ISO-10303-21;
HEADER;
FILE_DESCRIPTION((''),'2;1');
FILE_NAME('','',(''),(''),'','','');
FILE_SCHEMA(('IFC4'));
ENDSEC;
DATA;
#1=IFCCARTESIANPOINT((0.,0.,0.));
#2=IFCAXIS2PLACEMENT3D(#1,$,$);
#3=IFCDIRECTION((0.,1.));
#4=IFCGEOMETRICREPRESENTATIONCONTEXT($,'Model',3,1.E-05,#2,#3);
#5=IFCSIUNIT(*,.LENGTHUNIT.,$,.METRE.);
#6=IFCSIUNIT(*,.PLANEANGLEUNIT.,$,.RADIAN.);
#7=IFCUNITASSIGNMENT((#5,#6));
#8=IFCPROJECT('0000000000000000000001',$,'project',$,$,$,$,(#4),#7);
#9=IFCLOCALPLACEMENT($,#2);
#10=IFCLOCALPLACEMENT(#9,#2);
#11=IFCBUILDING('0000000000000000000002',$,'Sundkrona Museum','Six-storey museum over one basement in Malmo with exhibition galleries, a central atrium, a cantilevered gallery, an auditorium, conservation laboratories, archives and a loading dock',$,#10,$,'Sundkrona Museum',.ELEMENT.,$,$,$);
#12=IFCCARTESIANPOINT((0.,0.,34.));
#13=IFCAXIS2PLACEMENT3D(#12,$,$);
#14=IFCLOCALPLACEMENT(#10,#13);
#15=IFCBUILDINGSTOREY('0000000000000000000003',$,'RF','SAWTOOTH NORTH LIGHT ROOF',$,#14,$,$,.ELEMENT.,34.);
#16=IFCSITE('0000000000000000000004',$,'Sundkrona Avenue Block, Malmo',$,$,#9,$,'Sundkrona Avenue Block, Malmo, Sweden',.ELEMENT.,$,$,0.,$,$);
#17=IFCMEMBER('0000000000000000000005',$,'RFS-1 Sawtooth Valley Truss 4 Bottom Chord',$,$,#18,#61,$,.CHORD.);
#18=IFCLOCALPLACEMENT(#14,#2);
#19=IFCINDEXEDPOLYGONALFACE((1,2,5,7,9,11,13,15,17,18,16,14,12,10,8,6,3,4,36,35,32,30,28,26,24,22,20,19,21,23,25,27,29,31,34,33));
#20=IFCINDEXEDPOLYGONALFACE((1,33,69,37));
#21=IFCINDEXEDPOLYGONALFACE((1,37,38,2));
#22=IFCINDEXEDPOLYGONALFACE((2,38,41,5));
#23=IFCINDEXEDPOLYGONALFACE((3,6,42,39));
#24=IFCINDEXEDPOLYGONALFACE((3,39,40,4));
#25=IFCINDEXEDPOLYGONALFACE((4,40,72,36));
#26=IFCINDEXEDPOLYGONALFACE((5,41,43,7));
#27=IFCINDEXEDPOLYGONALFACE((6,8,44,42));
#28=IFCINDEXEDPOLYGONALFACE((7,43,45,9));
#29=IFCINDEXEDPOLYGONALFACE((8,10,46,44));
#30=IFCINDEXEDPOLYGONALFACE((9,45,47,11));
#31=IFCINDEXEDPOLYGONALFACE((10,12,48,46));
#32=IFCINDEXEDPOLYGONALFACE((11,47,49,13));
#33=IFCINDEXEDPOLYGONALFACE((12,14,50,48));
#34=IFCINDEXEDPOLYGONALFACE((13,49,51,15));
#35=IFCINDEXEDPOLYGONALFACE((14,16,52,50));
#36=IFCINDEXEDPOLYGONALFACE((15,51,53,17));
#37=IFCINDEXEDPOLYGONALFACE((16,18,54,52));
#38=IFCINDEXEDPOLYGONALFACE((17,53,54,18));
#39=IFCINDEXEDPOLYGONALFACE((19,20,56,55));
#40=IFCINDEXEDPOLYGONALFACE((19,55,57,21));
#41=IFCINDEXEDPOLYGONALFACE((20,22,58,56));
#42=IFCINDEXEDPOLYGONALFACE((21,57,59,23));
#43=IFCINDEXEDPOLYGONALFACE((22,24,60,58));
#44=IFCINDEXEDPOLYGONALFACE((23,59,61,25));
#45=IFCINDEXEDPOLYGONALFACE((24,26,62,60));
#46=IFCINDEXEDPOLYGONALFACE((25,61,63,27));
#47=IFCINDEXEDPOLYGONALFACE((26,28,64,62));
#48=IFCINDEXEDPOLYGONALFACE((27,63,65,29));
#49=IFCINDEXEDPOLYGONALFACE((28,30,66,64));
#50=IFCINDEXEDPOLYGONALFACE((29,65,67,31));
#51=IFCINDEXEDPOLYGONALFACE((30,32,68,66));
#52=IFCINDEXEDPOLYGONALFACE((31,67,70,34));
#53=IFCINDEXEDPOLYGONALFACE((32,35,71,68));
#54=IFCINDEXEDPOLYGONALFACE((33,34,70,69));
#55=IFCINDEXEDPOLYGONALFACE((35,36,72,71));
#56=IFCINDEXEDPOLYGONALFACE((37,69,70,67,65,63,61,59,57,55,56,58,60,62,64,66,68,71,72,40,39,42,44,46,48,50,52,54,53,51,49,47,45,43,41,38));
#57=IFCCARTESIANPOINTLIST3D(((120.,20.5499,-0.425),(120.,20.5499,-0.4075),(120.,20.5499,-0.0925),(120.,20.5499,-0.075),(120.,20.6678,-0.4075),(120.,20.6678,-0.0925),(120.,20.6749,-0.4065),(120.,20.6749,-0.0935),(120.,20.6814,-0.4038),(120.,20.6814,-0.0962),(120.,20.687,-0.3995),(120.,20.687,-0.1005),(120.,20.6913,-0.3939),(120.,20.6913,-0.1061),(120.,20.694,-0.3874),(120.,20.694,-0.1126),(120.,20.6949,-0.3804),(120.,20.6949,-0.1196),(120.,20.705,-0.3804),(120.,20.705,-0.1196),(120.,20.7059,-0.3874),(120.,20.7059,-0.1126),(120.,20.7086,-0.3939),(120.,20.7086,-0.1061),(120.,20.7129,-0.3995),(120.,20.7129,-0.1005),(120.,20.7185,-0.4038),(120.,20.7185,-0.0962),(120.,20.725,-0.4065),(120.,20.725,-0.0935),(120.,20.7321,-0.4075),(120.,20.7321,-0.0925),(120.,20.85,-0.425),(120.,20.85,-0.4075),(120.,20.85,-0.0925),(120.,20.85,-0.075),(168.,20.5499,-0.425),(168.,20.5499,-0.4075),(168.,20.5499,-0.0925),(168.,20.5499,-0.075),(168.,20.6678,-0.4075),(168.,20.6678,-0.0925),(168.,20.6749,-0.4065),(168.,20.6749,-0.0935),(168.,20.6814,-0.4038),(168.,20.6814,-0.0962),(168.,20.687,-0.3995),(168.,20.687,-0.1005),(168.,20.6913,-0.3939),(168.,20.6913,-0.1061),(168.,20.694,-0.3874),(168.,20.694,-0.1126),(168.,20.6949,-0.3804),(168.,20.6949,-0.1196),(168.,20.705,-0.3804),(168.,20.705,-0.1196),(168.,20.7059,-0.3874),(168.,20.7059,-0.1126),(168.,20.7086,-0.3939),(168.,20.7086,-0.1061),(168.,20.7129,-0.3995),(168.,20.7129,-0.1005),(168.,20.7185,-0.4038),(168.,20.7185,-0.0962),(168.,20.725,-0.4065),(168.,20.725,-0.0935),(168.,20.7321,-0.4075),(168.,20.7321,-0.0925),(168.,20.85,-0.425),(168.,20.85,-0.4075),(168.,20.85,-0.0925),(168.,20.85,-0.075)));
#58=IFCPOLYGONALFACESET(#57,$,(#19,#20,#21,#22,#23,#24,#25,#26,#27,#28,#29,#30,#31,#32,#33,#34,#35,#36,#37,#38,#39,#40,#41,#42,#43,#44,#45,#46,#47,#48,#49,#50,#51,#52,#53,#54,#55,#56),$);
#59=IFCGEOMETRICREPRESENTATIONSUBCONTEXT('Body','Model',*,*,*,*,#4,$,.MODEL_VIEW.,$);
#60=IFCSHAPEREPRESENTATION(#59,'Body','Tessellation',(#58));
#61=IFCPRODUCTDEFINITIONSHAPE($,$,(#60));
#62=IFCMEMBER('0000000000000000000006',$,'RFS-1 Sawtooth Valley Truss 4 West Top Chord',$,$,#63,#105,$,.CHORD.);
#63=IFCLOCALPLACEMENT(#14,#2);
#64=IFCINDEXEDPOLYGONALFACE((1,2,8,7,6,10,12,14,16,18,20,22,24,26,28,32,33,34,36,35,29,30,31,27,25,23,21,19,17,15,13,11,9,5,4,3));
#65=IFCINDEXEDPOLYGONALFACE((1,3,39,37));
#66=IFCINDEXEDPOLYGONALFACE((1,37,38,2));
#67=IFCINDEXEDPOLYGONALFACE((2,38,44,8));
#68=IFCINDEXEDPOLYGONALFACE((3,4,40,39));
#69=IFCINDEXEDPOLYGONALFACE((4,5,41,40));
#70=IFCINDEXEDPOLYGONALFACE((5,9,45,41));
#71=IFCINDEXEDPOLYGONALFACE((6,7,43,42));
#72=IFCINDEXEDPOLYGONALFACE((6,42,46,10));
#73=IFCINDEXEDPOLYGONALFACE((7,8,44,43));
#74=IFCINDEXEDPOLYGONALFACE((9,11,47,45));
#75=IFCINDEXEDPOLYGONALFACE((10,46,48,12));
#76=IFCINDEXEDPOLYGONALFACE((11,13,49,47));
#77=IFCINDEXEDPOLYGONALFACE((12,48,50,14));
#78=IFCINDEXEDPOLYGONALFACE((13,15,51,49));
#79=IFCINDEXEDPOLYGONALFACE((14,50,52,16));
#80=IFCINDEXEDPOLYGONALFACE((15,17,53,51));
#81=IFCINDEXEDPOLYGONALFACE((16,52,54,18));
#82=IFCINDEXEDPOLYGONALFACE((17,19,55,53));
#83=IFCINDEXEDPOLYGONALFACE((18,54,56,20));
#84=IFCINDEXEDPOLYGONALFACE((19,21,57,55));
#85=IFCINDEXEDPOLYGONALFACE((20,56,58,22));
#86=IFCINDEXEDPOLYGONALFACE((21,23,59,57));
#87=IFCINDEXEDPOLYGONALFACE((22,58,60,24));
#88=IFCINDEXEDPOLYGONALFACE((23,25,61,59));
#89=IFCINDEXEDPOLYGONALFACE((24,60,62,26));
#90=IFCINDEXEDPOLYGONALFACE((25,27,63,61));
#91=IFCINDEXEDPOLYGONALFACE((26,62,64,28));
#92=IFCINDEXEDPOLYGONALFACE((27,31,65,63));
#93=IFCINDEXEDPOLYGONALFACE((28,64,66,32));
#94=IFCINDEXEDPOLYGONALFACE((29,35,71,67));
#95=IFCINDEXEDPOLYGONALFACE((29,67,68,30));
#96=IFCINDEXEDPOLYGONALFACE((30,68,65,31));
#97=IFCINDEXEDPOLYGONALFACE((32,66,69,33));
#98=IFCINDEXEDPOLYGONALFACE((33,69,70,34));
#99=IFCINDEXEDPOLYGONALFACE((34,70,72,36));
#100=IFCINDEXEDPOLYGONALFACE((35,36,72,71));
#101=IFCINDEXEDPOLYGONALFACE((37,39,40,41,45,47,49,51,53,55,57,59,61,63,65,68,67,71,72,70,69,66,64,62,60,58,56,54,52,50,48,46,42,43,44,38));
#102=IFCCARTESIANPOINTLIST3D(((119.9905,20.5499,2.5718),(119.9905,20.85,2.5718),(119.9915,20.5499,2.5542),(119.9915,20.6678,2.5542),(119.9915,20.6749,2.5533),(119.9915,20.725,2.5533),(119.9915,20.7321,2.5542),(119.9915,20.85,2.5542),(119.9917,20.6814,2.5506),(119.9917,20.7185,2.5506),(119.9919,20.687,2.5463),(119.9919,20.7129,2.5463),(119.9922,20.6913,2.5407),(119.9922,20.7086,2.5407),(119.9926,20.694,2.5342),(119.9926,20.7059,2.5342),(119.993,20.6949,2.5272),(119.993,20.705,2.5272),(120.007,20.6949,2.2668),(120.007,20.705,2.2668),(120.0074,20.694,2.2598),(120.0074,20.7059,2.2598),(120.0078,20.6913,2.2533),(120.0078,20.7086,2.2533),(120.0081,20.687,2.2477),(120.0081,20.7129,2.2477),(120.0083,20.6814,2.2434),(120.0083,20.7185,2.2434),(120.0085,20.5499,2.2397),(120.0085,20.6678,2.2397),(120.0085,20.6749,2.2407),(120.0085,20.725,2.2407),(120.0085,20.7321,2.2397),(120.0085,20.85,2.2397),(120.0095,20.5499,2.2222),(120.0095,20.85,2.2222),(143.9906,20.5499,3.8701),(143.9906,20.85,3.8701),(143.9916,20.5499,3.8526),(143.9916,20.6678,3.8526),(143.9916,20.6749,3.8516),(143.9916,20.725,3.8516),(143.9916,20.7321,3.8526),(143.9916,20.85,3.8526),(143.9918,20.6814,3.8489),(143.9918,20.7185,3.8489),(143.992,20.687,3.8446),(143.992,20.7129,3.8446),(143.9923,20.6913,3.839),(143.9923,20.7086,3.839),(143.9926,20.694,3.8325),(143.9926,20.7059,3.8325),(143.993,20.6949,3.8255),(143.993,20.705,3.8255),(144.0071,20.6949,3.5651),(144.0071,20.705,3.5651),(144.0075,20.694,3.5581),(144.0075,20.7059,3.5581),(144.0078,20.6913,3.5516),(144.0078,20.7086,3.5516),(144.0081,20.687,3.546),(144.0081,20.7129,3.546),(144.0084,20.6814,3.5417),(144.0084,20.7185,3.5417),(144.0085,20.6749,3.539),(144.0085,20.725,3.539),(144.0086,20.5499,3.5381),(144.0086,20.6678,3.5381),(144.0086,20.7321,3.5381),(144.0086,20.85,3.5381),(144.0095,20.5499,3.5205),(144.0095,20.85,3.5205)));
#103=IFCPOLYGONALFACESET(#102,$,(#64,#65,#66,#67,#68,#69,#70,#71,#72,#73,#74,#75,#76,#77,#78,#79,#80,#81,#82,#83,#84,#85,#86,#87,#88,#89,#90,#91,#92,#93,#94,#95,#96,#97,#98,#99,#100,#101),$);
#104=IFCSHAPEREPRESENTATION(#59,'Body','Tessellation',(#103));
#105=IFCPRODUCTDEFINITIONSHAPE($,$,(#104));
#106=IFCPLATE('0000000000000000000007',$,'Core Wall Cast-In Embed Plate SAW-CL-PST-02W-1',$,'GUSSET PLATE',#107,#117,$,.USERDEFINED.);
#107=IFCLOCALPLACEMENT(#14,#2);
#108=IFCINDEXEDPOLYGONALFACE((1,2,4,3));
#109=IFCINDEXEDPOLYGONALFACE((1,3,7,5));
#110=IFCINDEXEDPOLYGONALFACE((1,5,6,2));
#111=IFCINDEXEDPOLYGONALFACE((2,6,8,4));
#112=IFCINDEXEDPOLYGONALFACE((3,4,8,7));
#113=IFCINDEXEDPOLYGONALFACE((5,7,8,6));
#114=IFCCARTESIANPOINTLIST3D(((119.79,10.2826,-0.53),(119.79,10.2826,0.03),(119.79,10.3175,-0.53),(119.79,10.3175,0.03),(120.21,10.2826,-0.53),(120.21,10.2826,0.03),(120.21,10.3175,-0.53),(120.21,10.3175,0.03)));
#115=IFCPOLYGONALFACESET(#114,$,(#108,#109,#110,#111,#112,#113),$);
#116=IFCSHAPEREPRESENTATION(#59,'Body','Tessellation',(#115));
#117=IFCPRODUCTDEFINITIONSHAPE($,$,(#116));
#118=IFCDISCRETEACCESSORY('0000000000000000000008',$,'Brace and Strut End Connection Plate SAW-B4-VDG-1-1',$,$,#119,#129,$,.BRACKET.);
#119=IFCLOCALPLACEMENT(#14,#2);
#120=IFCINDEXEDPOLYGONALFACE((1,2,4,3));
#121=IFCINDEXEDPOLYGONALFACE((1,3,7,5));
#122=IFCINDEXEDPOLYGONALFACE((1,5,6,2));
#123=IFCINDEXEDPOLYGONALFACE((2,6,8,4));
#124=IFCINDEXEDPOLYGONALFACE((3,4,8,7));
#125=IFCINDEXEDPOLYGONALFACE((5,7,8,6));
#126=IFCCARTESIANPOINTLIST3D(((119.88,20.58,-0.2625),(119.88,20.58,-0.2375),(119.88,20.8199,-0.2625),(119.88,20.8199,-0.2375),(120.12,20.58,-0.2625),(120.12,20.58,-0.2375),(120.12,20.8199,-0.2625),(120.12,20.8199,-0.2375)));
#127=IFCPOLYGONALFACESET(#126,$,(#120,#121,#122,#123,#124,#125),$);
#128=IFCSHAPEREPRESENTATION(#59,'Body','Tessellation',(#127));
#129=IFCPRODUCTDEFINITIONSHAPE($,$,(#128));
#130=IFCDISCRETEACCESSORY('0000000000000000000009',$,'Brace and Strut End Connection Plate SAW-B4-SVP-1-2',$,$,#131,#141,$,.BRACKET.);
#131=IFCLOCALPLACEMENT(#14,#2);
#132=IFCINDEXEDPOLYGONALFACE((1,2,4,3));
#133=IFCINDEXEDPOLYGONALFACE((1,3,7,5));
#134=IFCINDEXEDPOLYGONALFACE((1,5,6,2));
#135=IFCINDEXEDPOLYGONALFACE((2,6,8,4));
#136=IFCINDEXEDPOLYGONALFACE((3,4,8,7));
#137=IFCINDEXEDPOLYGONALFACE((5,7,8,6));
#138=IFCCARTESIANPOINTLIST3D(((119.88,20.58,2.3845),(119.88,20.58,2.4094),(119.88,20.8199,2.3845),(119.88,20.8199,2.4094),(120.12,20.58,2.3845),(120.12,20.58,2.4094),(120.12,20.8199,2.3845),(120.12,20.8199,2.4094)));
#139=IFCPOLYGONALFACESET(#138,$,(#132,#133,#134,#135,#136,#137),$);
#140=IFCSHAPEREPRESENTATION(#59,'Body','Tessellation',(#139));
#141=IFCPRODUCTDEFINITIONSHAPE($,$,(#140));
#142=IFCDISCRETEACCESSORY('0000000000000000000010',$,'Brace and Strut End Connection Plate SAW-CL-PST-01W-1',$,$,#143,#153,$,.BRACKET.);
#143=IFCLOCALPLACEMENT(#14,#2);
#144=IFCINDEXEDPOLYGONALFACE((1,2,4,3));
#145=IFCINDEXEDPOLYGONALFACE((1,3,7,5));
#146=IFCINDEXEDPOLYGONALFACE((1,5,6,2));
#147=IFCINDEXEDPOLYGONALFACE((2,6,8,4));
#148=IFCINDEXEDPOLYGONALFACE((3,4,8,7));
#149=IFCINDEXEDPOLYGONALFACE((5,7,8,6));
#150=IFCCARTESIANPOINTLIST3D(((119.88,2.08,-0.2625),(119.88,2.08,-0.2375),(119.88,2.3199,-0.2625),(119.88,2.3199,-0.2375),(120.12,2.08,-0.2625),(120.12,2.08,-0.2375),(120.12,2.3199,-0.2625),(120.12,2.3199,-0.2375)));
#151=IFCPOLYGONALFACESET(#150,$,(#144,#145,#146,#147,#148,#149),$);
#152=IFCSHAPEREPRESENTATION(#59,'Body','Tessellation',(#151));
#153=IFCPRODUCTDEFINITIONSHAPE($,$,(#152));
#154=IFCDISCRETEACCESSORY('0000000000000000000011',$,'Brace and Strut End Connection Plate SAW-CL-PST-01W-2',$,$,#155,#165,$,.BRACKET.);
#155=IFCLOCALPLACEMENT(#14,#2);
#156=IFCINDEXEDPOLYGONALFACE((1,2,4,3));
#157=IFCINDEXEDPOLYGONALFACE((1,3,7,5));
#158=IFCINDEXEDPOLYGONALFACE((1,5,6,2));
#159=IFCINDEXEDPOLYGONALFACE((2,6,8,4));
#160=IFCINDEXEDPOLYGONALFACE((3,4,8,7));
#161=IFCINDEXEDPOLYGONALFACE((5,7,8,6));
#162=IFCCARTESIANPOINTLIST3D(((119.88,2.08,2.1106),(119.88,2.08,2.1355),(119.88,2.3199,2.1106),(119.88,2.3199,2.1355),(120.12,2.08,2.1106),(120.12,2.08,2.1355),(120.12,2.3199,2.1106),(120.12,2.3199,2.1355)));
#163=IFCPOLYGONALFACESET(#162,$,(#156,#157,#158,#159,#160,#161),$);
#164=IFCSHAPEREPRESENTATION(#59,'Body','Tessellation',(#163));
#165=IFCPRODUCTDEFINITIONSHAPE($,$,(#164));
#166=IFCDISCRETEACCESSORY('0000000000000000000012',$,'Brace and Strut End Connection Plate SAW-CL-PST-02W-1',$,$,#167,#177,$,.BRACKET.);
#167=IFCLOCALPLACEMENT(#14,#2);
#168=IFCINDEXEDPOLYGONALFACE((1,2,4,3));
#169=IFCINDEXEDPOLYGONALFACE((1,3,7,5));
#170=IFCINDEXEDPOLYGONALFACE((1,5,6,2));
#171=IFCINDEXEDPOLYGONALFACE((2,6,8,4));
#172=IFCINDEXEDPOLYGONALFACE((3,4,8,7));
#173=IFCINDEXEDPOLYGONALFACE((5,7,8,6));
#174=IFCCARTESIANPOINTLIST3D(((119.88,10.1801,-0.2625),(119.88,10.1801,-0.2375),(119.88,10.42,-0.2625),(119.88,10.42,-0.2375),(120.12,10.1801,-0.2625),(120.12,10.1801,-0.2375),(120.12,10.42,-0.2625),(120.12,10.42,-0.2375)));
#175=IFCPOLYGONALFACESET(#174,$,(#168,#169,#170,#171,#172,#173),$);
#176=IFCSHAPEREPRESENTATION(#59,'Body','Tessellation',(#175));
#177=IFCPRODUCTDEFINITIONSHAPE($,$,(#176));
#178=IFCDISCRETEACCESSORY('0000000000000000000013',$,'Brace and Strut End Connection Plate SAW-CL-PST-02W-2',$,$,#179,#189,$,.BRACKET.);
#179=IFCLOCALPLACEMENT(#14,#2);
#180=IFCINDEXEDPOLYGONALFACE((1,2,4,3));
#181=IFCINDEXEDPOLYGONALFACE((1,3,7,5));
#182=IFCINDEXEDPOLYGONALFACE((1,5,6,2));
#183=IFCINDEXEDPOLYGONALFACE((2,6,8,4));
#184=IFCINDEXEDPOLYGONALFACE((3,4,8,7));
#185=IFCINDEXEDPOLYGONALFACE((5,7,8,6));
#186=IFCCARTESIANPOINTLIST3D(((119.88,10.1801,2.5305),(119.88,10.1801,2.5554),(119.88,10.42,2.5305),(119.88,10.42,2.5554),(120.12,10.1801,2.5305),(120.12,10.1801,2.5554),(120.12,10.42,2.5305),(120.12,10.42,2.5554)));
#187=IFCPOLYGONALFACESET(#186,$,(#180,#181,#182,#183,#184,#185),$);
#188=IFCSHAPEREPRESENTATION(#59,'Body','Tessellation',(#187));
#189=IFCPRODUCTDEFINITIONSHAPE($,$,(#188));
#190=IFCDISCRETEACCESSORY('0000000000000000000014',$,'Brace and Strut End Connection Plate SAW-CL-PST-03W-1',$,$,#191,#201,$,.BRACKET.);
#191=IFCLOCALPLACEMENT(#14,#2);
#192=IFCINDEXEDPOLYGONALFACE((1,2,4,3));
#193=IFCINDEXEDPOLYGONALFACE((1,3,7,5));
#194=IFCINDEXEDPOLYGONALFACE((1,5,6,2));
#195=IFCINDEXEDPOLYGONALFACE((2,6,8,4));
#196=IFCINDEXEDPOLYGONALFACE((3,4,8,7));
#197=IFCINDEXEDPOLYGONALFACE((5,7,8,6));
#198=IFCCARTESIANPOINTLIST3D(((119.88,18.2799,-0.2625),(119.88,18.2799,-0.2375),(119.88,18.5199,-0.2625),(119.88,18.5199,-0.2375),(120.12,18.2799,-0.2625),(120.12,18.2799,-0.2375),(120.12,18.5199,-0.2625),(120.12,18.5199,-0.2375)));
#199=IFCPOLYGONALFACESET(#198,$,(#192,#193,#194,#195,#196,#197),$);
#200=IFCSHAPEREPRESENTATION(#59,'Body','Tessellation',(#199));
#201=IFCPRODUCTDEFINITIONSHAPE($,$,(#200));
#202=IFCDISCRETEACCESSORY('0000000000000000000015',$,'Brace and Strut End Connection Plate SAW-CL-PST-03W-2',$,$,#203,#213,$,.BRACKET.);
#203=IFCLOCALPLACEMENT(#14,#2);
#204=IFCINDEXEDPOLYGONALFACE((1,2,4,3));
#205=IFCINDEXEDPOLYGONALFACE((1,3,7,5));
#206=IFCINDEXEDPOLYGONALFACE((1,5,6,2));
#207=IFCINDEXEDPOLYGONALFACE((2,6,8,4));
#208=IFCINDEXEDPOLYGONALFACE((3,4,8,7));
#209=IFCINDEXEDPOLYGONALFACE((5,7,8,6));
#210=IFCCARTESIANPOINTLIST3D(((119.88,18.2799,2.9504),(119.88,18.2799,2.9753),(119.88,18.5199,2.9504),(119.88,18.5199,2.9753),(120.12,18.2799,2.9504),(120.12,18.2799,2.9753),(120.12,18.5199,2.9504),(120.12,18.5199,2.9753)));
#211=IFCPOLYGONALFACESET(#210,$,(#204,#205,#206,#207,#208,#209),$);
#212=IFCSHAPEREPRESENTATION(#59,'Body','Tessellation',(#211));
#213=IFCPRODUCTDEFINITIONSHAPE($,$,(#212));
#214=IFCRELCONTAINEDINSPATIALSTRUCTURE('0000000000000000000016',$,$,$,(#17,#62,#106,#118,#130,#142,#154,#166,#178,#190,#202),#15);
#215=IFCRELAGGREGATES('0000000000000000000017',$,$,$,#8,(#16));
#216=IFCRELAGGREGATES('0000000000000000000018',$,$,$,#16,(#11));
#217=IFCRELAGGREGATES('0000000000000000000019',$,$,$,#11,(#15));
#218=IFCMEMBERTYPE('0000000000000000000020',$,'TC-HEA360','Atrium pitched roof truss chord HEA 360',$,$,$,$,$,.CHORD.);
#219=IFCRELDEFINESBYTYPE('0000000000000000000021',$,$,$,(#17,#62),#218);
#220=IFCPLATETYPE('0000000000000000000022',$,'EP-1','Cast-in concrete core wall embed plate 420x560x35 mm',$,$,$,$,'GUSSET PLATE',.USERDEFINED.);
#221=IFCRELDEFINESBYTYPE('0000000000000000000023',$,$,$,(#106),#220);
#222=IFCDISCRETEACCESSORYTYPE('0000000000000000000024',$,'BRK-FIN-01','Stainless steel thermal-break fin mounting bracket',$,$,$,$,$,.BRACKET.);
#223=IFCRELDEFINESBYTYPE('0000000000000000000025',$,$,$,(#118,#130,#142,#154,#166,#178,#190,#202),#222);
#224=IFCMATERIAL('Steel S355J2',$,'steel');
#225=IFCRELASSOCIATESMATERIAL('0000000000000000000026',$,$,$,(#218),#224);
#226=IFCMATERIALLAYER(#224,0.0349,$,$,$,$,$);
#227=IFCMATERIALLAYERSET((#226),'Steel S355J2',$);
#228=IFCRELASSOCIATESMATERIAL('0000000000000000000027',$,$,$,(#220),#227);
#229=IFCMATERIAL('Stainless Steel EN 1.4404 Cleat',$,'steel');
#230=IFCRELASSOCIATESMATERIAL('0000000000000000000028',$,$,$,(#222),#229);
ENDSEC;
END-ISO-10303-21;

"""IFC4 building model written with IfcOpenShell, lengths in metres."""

from ifc_helpers import new_model, si_unit, direction, frame, origin, origin_2d, place, context, subcontext, project, spatial, rectangle, i_section, extrude, material, layer, layer_set, material_profile, profile_set, type_object, element, save


model = new_model("IFC4")

# Units and contexts
model_context = context("Model", 3, precision=1e-05, world=origin(), true_north=direction((0.0, 1.0)))
body_context = subcontext(model_context, "Body", "Model", "MODEL_VIEW")
ifc_project = project(units=[si_unit("LENGTHUNIT", "METRE"), si_unit("PLANEANGLEUNIT", "RADIAN")], contexts=[model_context])

# Site, building, storey
site_placement = place(None, origin())
site = spatial("IfcSite", under=ifc_project, at=site_placement, Name="Sundkrona Avenue Block, Malmo", LongName="Sundkrona Avenue Block, Malmo, Sweden", CompositionType="ELEMENT", RefElevation=0.0)
building_placement = place(site_placement, origin())
building = spatial("IfcBuilding", under=site, at=building_placement, Name="Sundkrona Museum", Description="Six-storey museum over one basement in Malmo with exhibition galleries, a central atrium, a cantilevered gallery, an auditorium, conservation laboratories, archives and a loading dock", LongName="Sundkrona Museum", CompositionType="ELEMENT")
storey_placement = place(building_placement, frame((0.0, 0.0, 34.0)))
storey = spatial("IfcBuildingStorey", under=building, at=storey_placement, Name="RF", Description="SAWTOOTH NORTH LIGHT ROOF", CompositionType="ELEMENT", Elevation=34.0)

# Members
ifc_material_1 = material(Name="Steel S355J2", Category="steel")
ifc_material_profile_1 = material_profile(ifc_material_1, i_section(OverallWidth=0.3, OverallDepth=0.3501, WebThickness=0.01, FlangeThickness=0.0176, FilletRadius=0.0271, at=origin_2d()), Name="HEA 360")
ifc_profile_set_1 = profile_set([ifc_material_profile_1], Name="Steel S355J2")
member_type_1 = type_object("IfcMemberType", Name="TC-HEA360", Description="Atrium pitched roof truss chord HEA 360", PredefinedType="CHORD", material=ifc_profile_set_1)
member_1_placement = place(storey_placement, frame((120.0, 20.7, -0.25), z_axis=(1.0, 0.0, 0.0), x_axis=(0.0, 1.0, 0.0)))
element("IfcMember", 1, at=member_1_placement, inside=storey, type_object=member_type_1, Name="RFS-1 Sawtooth Valley Truss 4 Bottom Chord", PredefinedType="CHORD", context=body_context, shape_type="SweptSolid", body=[
    extrude(i_section(OverallWidth=0.3, OverallDepth=0.3501, WebThickness=0.01, FlangeThickness=0.0176, FilletRadius=0.0271, at=origin_2d()), origin(), (0.0, 0.0, 1.0), 48.0),
])
member_2_placement = place(storey_placement, frame((120.0, 20.7, 2.397), z_axis=(0.99854, 0.0, 0.054019), x_axis=(0.0, 1.0, 0.0)))
element("IfcMember", 2, at=member_2_placement, inside=storey, type_object=member_type_1, Name="RFS-1 Sawtooth Valley Truss 4 West Top Chord", PredefinedType="CHORD", context=body_context, shape_type="SweptSolid", body=[
    extrude(i_section(OverallWidth=0.3, OverallDepth=0.3501, WebThickness=0.01, FlangeThickness=0.0176, FilletRadius=0.0271, at=origin_2d()), origin(), (0.0, 0.0, 1.0), 24.0352),
])

# Plate
ifc_layer = layer(ifc_material_1, 0.0349)
ifc_layer_set = layer_set([ifc_layer], Name="Steel S355J2")
plate_type = type_object("IfcPlateType", Name="EP-1", Description="Cast-in concrete core wall embed plate 420x560x35 mm", ElementType="GUSSET PLATE", PredefinedType="USERDEFINED", material=ifc_layer_set)
plate_placement = place(storey_placement, frame((120.0, 10.3, -0.53), z_axis=(0.0, 0.0, 1.0), x_axis=(1.0, 0.0, 0.0)))
element("IfcPlate", 3, at=plate_placement, inside=storey, type_object=plate_type, Name="Core Wall Cast-In Embed Plate SAW-CL-PST-02W-1", ObjectType="GUSSET PLATE", PredefinedType="USERDEFINED", context=body_context, shape_type="SweptSolid", body=[
    extrude(rectangle(XDim=0.4199, YDim=0.0349, at=origin_2d()), origin(), (0.0, 0.0, 1.0), 0.5601),
])

# Discrete accessories
ifc_material_2 = material(Name="Stainless Steel EN 1.4404 Cleat", Category="steel")
discrete_accessory_type = type_object("IfcDiscreteAccessoryType", Name="BRK-FIN-01", Description="Stainless steel thermal-break fin mounting bracket", PredefinedType="BRACKET", material=ifc_material_2)
for number, where, z_axis, x_axis, name in (
    (4, (120.0, 20.7, -0.2625), (0.0, 0.0, 1.0), (1.0, 0.0, 0.0), "Brace and Strut End Connection Plate SAW-B4-VDG-1-1"),
    (5, (120.0, 20.7, 2.3845), (0.0, 0.0, 1.0), (1.0, 0.0, 0.0), "Brace and Strut End Connection Plate SAW-B4-SVP-1-2"),
    (6, (120.0, 2.2, -0.2625), (0.0, 0.0, 1.0), (1.0, 0.0, 0.0), "Brace and Strut End Connection Plate SAW-CL-PST-01W-1"),
    (7, (120.0, 2.2, 2.1106), (0.0, 0.0, 1.0), (1.0, 0.0, 0.0), "Brace and Strut End Connection Plate SAW-CL-PST-01W-2"),
    (8, (120.0, 10.3, -0.2625), (0.0, 0.0, 1.0), (1.0, 0.0, 0.0), "Brace and Strut End Connection Plate SAW-CL-PST-02W-1"),
    (9, (120.0, 10.3, 2.5305), (0.0, 0.0, 1.0), (1.0, 0.0, 0.0), "Brace and Strut End Connection Plate SAW-CL-PST-02W-2"),
    (10, (120.0, 18.3999, -0.2625), (0.0, 0.0, 1.0), (1.0, 0.0, 0.0), "Brace and Strut End Connection Plate SAW-CL-PST-03W-1"),
    (11, (120.0, 18.3999, 2.9504), (0.0, 0.0, 1.0), (1.0, 0.0, 0.0), "Brace and Strut End Connection Plate SAW-CL-PST-03W-2"),
):
    element("IfcDiscreteAccessory", number, at=place(storey_placement, frame(where, z_axis=z_axis, x_axis=x_axis)), inside=storey, type_object=discrete_accessory_type, Name=name, PredefinedType="BRACKET", context=body_context, shape_type="SweptSolid", body=[
        extrude(rectangle(XDim=0.24, YDim=0.24, at=origin_2d()), origin(), (0.0, 0.0, 1.0), 0.0249),
    ])

save(model, "model.ifc")
